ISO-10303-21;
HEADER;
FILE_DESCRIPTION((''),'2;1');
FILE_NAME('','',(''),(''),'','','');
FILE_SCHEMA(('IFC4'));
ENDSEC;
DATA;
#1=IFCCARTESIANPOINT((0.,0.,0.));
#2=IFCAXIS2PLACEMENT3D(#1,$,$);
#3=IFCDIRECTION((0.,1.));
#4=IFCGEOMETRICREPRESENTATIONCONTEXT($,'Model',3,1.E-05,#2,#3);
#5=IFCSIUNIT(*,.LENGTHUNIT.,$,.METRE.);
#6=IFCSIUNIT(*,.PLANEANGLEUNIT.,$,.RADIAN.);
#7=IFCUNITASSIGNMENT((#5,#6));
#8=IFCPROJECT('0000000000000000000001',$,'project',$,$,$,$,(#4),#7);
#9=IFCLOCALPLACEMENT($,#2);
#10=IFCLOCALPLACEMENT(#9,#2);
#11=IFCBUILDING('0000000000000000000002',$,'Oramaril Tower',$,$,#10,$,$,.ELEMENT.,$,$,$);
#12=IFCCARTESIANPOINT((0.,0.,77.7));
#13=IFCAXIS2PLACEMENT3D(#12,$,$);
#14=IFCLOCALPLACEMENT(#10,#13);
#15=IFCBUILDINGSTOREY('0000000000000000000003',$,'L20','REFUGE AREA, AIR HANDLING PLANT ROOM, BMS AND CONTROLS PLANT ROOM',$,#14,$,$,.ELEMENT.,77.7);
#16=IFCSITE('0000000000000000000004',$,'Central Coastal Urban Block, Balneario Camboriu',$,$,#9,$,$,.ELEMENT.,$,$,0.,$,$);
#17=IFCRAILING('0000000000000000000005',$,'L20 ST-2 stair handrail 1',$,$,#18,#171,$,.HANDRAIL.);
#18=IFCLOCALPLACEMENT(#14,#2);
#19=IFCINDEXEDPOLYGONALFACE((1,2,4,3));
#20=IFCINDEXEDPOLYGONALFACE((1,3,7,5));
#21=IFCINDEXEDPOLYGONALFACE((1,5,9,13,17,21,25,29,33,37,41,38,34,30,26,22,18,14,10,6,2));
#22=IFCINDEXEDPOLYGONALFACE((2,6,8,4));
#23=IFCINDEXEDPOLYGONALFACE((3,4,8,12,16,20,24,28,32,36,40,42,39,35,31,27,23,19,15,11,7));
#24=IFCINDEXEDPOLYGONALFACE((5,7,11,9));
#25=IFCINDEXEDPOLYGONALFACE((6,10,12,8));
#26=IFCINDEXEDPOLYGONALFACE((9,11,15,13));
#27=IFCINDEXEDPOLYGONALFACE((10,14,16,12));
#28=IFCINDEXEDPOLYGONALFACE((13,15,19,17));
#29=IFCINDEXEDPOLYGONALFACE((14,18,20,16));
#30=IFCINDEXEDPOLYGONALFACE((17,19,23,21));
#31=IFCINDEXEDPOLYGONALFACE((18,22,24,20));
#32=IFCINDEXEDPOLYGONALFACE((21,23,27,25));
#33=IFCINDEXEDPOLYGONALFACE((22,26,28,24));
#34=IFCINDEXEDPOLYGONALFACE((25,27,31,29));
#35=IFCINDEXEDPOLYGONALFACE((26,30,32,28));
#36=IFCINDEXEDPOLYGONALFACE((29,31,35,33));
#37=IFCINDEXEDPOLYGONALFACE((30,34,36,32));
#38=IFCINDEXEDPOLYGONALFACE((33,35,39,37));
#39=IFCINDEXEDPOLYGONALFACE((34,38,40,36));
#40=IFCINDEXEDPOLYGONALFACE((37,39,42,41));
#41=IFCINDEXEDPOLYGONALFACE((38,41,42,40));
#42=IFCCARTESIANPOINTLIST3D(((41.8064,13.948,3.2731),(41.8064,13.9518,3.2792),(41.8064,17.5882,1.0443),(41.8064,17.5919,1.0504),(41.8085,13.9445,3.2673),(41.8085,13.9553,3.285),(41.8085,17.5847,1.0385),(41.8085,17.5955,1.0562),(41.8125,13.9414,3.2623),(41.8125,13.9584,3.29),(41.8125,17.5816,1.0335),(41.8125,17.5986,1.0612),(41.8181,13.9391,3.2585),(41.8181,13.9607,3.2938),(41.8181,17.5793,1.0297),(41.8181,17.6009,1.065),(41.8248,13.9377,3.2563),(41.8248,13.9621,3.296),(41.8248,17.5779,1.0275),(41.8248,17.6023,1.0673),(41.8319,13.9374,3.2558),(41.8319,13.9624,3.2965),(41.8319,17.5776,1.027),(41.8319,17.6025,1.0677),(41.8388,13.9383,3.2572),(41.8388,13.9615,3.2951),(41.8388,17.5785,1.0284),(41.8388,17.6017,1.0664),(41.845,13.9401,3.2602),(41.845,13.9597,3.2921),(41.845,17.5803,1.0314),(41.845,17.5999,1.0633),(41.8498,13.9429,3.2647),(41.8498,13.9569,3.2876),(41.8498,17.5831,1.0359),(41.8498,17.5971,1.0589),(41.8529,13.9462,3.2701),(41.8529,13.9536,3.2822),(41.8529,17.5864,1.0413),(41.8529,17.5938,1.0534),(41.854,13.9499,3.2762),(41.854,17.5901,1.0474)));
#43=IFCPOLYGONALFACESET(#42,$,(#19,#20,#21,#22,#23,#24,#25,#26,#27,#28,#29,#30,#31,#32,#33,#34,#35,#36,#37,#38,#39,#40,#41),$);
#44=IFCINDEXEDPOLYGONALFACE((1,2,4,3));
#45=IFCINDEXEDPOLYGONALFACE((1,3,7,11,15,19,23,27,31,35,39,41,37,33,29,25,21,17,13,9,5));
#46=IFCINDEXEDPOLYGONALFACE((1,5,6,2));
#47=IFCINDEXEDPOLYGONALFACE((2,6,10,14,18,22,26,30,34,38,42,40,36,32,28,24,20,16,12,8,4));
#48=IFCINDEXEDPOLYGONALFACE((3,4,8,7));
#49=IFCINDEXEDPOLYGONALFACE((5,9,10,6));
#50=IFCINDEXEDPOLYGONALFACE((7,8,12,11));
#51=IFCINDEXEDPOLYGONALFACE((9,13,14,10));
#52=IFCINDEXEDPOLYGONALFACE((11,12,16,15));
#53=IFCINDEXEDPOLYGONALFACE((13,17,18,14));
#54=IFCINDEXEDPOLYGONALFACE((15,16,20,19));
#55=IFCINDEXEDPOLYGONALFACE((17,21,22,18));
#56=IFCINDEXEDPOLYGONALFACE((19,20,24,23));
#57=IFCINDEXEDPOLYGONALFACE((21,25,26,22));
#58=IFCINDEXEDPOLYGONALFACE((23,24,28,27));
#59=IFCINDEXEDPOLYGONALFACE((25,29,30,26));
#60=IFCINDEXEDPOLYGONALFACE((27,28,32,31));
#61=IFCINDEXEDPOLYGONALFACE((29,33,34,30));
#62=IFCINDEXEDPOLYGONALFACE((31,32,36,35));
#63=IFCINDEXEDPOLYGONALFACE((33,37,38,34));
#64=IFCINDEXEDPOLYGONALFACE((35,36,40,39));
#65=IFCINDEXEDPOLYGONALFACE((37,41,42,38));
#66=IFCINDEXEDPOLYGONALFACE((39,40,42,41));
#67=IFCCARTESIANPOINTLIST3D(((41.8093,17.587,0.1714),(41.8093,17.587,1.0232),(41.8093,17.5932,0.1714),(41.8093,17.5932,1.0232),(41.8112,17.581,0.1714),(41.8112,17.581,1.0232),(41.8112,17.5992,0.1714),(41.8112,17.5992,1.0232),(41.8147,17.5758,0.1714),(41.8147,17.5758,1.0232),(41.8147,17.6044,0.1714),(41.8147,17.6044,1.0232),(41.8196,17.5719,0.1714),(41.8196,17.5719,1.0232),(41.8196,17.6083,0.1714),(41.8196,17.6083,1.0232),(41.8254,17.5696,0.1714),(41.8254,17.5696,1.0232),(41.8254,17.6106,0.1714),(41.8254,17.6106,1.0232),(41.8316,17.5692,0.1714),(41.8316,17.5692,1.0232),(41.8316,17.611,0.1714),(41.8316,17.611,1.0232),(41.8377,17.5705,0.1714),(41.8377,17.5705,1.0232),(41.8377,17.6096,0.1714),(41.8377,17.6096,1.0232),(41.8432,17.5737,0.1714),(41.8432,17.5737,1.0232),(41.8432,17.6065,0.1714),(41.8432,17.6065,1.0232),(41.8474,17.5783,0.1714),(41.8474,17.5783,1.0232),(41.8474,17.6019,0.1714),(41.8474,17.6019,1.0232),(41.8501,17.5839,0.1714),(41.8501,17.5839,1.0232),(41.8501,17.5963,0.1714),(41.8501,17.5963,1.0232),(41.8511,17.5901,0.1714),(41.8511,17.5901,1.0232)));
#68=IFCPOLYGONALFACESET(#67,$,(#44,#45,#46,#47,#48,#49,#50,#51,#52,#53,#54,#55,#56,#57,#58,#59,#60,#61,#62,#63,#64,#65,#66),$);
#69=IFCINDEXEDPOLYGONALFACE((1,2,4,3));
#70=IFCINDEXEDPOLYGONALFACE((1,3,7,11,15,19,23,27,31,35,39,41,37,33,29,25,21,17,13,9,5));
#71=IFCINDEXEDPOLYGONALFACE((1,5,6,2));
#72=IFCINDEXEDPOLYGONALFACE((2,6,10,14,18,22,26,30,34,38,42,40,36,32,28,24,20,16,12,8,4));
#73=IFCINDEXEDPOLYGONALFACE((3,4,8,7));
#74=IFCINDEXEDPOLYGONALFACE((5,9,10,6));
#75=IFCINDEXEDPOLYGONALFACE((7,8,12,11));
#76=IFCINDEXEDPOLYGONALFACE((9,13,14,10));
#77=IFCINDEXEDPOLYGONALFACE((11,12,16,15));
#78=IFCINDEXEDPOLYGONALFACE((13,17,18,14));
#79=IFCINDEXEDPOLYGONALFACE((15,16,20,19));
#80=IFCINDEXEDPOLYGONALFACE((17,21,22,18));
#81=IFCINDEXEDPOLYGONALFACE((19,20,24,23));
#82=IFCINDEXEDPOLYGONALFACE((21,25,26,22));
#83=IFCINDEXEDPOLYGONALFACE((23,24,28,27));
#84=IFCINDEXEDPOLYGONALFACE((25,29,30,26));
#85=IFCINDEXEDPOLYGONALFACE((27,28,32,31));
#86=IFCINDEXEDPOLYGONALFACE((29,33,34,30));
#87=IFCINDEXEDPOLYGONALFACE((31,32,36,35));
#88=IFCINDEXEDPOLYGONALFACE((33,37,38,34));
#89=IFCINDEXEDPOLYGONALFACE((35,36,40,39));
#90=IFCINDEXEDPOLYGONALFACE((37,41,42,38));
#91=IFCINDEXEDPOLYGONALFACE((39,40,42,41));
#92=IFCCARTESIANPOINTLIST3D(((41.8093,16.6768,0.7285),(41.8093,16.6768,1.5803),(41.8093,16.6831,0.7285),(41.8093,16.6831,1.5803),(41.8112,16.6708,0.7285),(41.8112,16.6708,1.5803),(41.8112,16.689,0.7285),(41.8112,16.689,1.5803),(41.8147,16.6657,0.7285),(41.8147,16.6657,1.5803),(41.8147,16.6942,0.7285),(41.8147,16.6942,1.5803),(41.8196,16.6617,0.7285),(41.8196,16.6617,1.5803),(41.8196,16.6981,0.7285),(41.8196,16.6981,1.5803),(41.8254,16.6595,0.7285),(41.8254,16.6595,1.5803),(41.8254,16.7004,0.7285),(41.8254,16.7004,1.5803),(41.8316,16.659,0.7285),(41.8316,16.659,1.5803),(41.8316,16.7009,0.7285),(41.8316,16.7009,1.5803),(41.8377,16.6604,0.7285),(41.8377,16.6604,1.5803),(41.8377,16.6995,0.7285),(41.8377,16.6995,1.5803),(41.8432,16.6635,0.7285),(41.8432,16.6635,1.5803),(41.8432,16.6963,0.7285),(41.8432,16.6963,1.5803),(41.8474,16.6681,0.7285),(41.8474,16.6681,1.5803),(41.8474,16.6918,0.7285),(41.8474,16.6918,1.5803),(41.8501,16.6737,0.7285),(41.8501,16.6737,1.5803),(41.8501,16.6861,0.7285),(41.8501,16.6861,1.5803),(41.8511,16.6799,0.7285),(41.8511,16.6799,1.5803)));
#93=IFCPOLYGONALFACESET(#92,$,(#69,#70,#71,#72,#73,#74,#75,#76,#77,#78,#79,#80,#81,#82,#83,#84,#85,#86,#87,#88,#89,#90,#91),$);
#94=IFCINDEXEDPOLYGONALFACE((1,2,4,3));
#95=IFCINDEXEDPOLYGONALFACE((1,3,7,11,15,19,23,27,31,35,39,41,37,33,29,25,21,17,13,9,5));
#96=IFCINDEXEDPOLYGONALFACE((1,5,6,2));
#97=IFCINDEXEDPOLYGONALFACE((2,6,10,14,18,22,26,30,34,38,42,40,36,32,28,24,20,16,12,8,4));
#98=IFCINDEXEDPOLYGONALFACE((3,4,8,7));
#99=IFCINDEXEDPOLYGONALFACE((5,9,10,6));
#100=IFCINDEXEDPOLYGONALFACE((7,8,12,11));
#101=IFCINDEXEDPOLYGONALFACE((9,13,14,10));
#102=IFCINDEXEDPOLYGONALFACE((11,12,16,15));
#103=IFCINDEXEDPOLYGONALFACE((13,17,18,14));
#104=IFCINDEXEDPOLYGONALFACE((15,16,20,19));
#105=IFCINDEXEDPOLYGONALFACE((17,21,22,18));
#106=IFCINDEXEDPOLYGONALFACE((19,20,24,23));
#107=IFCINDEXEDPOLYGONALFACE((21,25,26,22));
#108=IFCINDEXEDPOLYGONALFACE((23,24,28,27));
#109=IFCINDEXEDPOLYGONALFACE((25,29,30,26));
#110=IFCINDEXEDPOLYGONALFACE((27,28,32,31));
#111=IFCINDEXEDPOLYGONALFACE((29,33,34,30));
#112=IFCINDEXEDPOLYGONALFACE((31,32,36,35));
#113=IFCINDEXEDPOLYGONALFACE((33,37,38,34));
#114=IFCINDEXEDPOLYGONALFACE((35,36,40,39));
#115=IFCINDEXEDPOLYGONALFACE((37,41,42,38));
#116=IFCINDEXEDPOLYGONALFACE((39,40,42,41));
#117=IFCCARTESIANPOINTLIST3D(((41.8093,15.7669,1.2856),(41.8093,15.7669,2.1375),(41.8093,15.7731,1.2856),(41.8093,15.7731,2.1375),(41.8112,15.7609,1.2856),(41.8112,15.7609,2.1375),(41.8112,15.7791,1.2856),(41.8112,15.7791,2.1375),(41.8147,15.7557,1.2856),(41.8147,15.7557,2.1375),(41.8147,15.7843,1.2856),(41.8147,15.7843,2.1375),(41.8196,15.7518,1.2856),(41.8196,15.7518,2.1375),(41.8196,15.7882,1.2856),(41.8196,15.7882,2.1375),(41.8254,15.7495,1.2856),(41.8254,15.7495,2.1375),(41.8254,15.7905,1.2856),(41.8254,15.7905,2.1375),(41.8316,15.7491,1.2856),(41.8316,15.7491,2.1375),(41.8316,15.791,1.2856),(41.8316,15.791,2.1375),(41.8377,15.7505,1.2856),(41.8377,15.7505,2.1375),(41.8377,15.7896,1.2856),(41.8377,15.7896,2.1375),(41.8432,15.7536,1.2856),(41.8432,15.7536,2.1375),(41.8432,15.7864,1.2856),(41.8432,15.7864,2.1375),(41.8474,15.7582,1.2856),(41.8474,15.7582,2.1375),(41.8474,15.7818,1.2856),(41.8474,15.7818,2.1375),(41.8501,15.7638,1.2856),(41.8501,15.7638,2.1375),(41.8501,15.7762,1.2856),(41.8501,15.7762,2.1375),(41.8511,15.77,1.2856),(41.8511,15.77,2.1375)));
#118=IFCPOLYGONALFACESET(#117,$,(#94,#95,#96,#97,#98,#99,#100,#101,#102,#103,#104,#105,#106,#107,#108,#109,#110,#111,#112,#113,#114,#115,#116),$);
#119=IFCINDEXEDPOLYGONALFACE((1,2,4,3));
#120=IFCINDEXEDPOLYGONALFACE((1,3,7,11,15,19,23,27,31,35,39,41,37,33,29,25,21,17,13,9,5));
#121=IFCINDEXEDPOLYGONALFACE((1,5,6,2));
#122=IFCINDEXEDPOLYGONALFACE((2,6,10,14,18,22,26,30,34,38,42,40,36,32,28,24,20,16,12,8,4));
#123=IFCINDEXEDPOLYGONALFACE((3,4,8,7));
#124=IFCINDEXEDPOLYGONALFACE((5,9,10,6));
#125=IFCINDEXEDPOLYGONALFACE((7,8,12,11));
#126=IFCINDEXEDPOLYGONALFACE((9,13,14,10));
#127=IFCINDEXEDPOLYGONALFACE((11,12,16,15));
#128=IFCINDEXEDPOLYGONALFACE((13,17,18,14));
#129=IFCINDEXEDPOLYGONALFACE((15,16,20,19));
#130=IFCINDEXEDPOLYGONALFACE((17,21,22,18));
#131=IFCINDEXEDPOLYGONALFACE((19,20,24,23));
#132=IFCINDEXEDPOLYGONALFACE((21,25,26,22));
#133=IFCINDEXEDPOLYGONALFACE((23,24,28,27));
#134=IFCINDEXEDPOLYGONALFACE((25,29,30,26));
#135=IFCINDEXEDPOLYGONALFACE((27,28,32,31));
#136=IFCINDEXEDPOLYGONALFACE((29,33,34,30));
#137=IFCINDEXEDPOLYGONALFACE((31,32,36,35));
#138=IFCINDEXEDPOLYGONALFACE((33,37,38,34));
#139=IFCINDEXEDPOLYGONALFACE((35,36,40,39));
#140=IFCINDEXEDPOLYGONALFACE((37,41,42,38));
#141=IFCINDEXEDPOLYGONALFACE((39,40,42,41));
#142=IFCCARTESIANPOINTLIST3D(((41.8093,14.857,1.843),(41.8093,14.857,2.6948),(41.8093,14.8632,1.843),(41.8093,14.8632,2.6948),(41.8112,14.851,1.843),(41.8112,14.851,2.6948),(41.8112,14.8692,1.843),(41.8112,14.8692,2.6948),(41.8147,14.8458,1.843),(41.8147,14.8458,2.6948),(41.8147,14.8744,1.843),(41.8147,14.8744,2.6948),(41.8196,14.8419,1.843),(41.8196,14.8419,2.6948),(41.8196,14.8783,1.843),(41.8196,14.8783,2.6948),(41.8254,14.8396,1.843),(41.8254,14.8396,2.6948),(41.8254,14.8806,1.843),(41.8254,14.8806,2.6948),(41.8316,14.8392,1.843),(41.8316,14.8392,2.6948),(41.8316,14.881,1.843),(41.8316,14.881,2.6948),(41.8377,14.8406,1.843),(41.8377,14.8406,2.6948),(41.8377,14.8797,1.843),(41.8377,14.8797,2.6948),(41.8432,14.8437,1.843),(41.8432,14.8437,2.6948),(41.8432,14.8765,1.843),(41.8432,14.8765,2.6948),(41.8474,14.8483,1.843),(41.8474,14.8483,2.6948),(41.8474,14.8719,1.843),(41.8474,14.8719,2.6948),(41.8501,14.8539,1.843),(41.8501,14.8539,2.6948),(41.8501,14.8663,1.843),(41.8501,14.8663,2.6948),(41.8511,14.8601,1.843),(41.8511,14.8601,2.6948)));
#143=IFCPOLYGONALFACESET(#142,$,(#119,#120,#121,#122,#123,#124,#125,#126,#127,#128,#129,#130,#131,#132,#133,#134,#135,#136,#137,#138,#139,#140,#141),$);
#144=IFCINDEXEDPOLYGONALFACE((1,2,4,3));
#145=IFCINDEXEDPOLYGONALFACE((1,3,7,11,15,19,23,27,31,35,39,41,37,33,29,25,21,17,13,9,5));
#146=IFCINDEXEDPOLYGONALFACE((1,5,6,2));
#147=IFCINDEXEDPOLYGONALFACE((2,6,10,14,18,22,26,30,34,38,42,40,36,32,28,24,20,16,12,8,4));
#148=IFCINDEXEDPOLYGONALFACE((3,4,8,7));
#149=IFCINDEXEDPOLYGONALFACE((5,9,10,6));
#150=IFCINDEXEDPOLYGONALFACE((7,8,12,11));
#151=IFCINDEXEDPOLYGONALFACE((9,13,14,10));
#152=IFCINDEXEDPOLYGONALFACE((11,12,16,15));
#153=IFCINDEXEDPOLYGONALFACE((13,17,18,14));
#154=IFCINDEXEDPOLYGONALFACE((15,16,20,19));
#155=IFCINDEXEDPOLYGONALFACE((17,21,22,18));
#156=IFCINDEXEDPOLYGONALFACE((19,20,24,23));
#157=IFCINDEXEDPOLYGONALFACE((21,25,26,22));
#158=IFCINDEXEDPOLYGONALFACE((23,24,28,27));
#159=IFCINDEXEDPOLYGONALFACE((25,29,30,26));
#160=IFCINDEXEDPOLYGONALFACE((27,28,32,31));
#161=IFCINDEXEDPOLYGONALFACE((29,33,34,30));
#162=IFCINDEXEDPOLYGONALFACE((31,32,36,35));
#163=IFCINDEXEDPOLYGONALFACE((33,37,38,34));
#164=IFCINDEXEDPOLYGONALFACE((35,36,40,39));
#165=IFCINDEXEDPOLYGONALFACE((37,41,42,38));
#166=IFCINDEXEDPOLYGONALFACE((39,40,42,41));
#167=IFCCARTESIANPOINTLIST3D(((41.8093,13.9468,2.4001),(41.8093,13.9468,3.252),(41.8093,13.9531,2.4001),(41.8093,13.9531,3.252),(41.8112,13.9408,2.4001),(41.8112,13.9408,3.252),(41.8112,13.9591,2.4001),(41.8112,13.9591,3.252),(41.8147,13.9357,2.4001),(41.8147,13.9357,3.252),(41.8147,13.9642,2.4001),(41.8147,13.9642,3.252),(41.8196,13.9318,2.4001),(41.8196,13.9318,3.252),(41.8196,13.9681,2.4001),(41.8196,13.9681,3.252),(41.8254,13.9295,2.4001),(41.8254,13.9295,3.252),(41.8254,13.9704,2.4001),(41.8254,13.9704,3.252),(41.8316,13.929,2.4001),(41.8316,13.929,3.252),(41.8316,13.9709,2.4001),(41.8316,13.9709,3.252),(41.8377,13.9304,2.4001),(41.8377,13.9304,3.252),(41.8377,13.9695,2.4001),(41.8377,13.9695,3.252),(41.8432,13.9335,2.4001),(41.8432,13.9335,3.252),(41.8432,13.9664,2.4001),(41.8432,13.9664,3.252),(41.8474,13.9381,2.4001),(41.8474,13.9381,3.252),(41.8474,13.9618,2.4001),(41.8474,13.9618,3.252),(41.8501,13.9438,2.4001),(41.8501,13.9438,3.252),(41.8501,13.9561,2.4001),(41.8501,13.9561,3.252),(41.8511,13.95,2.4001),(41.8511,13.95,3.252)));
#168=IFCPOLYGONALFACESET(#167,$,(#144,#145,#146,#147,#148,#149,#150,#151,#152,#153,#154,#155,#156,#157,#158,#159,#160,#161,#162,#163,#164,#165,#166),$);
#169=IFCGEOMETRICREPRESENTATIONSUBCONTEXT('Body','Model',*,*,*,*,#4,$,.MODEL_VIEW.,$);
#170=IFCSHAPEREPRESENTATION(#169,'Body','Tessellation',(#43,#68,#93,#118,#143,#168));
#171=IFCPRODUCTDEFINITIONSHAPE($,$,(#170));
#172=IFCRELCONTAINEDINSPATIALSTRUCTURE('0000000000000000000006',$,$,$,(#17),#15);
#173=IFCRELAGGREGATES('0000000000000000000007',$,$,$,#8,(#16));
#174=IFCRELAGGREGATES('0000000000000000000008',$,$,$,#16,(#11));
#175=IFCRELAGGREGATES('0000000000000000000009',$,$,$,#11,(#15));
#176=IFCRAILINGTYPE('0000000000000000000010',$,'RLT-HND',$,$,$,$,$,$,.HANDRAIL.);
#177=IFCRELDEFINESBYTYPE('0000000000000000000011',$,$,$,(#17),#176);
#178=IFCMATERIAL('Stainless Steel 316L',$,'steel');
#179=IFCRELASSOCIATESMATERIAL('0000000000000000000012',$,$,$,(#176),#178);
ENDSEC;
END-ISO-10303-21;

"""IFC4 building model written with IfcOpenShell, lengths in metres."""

from ifc_helpers import new_model, si_unit, direction, frame, origin, origin_2d, place, context, subcontext, project, spatial, circle, extrude, material, type_object, element, save


model = new_model("IFC4")

# Units and contexts
model_context = context("Model", 3, precision=1e-05, world=origin(), true_north=direction((0.0, 1.0)))
body_context = subcontext(model_context, "Body", "Model", "MODEL_VIEW")
ifc_project = project(units=[si_unit("LENGTHUNIT", "METRE"), si_unit("PLANEANGLEUNIT", "RADIAN")], contexts=[model_context])

# Site, building, storey
site_placement = place(None, origin())
site = spatial("IfcSite", under=ifc_project, at=site_placement, Name="Central Coastal Urban Block, Balneario Camboriu", CompositionType="ELEMENT", RefElevation=0.0)
building_placement = place(site_placement, origin())
building = spatial("IfcBuilding", under=site, at=building_placement, Name="Oramaril Tower", CompositionType="ELEMENT")
storey_placement = place(building_placement, frame((0.0, 0.0, 77.7)))
storey = spatial("IfcBuildingStorey", under=building, at=storey_placement, Name="L20", Description="REFUGE AREA, AIR HANDLING PLANT ROOM, BMS AND CONTROLS PLANT ROOM", CompositionType="ELEMENT", Elevation=77.7)

# Railing
ifc_material_1 = material(Name="Stainless Steel 316L", Category="steel")
railing_type_1 = type_object("IfcRailingType", Name="RLT-HND", PredefinedType="HANDRAIL", material=ifc_material_1)
railing_1_placement = place(storey_placement, frame((41.8301, 17.5901, 0.1714)))
element("IfcRailing", 1, at=railing_1_placement, inside=storey, type_object=railing_type_1, Name="L20 ST-2 stair handrail 1", PredefinedType="HANDRAIL", context=body_context, shape_type="SweptSolid", body=[
    extrude(circle(Radius=0.0239, at=origin_2d()), frame((0.0, 0.0, 0.876), z_axis=(0.0, -0.85284, 0.522172), x_axis=(1.0, 0.0, 0.0)), (0.0, 0.0, 1.0), 4.2683),
    extrude(circle(Radius=0.021, at=origin_2d()), origin(), (0.0, 0.0, 1.0), 0.8518),
    extrude(circle(Radius=0.021, at=origin_2d()), frame((0.0, -0.9102, 0.5571)), (0.0, 0.0, 1.0), 0.8518),
    extrude(circle(Radius=0.021, at=origin_2d()), frame((0.0, -1.8201, 1.1143)), (0.0, 0.0, 1.0), 0.8518),
    extrude(circle(Radius=0.021, at=origin_2d()), frame((0.0, -2.73, 1.6716)), (0.0, 0.0, 1.0), 0.8518),
    extrude(circle(Radius=0.021, at=origin_2d()), frame((0.0, -3.6401, 2.2288)), (0.0, 0.0, 1.0), 0.8518),
])

save(model, "model.ifc")
